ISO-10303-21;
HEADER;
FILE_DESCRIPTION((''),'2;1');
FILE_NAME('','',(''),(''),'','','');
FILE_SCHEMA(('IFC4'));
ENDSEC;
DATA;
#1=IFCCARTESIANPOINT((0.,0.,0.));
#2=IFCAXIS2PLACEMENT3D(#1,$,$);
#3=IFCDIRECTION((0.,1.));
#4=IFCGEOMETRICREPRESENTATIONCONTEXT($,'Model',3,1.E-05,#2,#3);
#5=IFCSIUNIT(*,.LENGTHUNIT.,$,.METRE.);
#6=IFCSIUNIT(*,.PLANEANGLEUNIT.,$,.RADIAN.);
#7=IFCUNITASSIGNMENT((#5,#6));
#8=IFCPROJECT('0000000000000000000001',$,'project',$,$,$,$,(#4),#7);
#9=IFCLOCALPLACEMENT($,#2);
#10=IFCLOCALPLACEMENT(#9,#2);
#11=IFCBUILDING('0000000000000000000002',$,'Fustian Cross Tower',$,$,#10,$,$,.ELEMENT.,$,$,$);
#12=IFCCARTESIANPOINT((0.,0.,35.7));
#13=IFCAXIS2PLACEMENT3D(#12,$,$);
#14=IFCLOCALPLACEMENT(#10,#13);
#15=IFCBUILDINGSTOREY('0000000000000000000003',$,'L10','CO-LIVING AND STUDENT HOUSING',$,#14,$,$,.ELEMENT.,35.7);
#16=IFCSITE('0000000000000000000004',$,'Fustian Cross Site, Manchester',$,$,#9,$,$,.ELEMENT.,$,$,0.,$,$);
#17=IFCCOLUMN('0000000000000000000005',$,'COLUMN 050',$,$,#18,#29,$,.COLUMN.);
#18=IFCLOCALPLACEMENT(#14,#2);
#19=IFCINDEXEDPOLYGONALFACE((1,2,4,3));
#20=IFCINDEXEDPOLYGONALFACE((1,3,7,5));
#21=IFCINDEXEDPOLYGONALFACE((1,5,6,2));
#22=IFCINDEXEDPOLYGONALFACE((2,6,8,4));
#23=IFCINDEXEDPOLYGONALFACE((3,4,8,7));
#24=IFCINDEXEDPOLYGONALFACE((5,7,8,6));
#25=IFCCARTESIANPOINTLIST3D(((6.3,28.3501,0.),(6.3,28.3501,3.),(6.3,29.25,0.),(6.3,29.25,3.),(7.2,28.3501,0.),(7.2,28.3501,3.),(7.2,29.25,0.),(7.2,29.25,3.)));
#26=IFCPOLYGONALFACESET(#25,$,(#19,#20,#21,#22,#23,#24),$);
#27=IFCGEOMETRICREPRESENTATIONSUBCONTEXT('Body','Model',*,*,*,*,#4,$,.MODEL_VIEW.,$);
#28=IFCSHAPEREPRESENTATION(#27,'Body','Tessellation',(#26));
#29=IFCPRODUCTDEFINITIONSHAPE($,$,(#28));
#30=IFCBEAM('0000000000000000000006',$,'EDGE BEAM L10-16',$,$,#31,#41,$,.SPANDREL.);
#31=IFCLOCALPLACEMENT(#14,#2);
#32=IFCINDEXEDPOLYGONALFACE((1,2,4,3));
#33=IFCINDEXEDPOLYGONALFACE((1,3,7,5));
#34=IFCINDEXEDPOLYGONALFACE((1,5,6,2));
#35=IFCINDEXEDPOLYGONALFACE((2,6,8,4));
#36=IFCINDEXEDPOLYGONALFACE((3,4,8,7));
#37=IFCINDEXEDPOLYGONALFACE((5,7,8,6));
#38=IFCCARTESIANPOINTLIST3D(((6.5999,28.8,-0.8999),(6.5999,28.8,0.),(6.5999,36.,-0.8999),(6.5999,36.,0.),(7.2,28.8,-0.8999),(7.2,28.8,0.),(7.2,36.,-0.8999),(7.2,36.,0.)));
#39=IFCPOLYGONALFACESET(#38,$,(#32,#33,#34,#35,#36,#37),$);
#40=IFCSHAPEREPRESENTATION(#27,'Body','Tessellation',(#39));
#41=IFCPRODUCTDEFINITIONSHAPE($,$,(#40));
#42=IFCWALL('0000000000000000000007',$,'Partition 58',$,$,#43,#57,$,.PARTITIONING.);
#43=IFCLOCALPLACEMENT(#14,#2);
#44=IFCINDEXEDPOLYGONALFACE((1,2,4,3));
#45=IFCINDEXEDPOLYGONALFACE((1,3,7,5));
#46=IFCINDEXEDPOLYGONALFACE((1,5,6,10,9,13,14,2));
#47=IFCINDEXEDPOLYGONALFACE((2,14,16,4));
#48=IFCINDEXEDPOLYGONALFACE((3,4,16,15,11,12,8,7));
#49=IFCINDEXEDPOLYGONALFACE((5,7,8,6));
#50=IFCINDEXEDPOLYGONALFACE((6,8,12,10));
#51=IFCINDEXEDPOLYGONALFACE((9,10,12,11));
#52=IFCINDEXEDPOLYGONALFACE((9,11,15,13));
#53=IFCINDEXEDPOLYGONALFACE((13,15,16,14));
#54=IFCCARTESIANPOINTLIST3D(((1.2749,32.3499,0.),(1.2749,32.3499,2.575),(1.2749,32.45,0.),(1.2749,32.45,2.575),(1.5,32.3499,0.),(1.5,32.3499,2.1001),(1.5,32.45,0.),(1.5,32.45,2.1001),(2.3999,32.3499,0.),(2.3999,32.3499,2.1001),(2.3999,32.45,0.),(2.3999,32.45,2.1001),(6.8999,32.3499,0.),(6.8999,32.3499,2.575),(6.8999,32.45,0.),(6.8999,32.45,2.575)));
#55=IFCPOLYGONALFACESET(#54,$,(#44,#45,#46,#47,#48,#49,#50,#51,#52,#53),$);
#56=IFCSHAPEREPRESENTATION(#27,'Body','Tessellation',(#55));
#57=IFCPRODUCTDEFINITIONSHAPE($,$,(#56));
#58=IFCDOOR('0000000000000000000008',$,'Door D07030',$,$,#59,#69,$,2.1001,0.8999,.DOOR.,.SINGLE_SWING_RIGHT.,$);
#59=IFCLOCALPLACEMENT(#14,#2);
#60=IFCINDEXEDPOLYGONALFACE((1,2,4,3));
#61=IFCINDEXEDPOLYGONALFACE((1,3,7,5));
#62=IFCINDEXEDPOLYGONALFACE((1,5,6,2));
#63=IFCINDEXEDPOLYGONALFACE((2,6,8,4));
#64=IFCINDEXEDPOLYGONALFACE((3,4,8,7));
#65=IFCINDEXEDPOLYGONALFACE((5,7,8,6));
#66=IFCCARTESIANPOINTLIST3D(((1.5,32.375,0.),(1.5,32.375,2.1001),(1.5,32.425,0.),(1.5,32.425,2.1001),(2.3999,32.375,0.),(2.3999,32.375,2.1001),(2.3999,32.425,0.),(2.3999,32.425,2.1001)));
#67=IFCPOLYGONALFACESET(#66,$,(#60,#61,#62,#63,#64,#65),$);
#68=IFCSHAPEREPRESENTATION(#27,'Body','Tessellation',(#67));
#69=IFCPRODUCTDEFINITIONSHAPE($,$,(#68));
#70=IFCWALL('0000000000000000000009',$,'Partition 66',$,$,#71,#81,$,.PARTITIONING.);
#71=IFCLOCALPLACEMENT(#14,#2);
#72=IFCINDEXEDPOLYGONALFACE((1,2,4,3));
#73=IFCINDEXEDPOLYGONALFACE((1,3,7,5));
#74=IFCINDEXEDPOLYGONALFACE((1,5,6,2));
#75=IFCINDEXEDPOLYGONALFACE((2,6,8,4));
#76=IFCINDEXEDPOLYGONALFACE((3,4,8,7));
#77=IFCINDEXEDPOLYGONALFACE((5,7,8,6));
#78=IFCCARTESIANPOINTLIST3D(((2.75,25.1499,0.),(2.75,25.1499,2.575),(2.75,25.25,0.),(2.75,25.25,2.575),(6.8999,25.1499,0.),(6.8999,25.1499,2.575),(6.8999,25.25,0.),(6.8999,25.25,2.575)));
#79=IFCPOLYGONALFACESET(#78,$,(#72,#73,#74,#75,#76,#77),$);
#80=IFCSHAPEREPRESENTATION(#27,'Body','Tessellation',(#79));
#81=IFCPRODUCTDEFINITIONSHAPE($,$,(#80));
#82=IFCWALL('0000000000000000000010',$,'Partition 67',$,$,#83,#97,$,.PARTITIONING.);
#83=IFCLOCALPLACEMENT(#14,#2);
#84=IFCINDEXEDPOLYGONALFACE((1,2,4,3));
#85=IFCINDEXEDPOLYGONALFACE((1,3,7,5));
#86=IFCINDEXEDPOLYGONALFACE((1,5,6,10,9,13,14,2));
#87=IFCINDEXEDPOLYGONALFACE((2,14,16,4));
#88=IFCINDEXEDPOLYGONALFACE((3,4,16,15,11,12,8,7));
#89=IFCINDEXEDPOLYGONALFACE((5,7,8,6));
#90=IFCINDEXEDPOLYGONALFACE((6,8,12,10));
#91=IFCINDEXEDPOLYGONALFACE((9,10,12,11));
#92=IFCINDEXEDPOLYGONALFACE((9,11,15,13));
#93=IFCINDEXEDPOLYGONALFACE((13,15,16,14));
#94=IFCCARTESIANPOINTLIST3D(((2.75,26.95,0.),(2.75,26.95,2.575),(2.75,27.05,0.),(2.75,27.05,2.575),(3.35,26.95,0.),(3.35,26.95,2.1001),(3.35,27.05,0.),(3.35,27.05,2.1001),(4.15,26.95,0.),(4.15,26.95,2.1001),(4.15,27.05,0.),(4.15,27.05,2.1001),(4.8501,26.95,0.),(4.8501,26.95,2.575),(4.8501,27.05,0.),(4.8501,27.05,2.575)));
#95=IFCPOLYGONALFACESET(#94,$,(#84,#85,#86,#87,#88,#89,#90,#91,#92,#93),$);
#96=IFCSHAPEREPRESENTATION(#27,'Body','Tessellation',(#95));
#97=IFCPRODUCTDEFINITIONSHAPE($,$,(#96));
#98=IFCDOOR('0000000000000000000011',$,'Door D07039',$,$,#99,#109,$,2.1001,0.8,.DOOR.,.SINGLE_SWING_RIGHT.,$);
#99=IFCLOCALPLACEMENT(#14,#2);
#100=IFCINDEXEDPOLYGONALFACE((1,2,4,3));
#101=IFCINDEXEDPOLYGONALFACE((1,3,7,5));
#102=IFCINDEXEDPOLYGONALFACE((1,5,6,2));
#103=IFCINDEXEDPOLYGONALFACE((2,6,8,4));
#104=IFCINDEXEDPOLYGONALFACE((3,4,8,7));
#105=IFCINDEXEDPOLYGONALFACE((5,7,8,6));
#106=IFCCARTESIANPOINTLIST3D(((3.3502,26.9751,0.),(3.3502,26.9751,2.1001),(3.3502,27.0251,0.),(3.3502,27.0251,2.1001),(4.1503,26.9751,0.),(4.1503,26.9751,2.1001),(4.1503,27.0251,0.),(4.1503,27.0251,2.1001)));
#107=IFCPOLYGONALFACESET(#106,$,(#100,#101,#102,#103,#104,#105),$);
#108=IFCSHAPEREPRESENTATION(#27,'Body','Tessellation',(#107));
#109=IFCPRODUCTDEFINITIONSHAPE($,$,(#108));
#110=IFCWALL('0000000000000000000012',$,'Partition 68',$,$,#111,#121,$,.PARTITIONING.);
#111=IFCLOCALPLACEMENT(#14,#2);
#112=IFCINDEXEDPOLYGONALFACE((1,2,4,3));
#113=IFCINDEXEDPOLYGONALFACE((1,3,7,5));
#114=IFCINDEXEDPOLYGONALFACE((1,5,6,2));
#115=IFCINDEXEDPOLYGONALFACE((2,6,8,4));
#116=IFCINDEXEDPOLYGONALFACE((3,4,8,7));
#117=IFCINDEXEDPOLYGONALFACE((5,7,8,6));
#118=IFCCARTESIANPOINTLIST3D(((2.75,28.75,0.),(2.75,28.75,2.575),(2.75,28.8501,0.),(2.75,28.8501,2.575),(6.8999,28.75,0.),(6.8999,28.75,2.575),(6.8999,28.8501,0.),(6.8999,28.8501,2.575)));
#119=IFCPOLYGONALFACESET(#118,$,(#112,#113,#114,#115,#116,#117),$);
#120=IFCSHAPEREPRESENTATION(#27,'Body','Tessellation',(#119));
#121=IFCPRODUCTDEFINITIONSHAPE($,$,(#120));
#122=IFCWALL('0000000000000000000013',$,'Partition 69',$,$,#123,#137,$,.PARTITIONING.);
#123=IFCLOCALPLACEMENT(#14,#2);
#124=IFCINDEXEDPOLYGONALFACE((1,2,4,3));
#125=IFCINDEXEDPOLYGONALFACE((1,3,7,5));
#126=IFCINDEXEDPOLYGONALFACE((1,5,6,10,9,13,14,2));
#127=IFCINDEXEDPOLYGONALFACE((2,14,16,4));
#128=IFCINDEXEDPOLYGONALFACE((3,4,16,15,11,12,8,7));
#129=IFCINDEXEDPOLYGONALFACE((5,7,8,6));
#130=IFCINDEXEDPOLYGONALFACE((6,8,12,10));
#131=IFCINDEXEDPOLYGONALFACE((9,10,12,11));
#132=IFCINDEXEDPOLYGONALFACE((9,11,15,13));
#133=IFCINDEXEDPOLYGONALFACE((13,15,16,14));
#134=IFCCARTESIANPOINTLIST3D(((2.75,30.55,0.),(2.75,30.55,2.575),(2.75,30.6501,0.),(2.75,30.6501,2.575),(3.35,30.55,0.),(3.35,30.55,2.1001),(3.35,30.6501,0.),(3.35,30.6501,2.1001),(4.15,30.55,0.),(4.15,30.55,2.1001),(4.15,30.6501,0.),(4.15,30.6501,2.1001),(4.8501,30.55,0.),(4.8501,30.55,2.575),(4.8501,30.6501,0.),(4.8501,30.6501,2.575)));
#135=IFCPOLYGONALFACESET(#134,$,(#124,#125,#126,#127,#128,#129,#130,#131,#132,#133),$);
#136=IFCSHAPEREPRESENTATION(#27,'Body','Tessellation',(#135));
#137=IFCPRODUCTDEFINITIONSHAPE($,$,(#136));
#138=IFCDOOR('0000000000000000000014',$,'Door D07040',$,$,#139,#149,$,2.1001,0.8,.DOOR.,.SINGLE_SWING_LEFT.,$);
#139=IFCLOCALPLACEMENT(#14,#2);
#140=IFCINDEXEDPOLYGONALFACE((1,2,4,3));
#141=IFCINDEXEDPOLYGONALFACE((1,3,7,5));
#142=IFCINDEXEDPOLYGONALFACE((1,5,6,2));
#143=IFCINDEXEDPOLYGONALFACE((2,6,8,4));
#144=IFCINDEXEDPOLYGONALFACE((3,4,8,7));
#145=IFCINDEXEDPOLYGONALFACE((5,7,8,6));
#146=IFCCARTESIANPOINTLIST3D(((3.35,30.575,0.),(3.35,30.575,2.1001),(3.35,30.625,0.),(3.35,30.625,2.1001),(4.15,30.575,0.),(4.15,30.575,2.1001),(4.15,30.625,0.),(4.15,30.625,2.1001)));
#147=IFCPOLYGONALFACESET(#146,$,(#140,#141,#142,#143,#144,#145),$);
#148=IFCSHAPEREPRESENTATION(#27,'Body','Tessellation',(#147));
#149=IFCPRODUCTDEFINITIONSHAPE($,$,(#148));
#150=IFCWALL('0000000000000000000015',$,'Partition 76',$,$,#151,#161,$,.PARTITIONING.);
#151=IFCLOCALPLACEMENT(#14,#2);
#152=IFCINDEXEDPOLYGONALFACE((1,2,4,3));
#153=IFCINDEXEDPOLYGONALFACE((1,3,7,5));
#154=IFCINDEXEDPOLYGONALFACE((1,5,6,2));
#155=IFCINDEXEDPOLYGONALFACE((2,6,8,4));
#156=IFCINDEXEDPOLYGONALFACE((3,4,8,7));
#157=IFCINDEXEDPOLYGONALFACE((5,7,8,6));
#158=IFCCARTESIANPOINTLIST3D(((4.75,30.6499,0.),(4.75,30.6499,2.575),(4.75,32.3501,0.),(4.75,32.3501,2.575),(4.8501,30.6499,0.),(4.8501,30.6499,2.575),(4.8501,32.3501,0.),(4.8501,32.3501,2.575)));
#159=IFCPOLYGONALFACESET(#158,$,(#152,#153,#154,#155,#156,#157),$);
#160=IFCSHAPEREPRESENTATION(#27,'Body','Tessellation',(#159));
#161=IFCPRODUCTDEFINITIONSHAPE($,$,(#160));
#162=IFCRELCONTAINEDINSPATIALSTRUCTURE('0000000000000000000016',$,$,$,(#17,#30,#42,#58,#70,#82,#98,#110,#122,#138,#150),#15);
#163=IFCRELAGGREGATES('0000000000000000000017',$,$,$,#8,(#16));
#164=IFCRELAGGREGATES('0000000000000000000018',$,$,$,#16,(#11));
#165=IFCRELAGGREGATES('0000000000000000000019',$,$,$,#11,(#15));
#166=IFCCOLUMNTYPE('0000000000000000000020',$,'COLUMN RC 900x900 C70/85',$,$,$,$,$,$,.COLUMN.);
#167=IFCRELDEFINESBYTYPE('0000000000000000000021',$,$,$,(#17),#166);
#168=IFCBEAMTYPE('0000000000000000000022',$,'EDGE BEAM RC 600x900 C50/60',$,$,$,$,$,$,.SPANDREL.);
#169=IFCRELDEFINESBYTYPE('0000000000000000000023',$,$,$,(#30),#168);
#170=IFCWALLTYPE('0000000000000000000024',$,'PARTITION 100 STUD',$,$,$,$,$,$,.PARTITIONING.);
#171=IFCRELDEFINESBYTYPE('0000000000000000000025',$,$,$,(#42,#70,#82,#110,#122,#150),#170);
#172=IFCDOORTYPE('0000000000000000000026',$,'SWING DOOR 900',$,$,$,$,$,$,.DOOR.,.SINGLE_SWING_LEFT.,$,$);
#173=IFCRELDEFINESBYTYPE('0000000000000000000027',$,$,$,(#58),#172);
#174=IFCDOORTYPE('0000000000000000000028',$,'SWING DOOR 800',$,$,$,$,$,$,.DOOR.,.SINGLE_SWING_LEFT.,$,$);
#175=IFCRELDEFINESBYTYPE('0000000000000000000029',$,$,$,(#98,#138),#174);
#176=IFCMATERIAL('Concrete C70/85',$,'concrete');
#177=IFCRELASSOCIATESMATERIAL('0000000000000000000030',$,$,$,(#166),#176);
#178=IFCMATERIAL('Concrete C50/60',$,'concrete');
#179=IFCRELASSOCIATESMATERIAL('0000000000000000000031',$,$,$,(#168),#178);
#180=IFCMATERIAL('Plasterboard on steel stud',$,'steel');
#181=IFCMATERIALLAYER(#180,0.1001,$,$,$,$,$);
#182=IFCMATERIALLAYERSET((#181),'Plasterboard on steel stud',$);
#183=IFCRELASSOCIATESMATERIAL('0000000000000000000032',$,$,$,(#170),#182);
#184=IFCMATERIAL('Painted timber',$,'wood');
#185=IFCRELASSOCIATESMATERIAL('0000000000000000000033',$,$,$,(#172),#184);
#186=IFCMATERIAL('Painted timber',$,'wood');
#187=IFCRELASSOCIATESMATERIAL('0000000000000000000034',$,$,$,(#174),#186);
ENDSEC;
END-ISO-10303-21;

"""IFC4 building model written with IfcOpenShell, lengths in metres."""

from ifc_helpers import new_model, si_unit, direction, frame, frame_2d, origin, origin_2d, place, context, subcontext, project, spatial, rectangle, extrude, material, layer, layer_set, material_profile, profile_set, type_object, element, fill, save


model = new_model("IFC4")

# Units and contexts
model_context = context("Model", 3, precision=1e-05, world=origin(), true_north=direction((0.0, 1.0)))
body_context = subcontext(model_context, "Body", "Model", "MODEL_VIEW")
ifc_project = project(units=[si_unit("LENGTHUNIT", "METRE"), si_unit("PLANEANGLEUNIT", "RADIAN")], contexts=[model_context])

# Site, building, storey
site_placement = place(None, origin())
site = spatial("IfcSite", under=ifc_project, at=site_placement, Name="Fustian Cross Site, Manchester", CompositionType="ELEMENT", RefElevation=0.0)
building_placement = place(site_placement, origin())
building = spatial("IfcBuilding", under=site, at=building_placement, Name="Fustian Cross Tower", CompositionType="ELEMENT")
storey_placement = place(building_placement, frame((0.0, 0.0, 35.7)))
storey = spatial("IfcBuildingStorey", under=building, at=storey_placement, Name="L10", Description="CO-LIVING AND STUDENT HOUSING", CompositionType="ELEMENT", Elevation=35.7)

# Column
ifc_material_1 = material(Name="Concrete C70/85", Category="concrete")
ifc_material_profile_1 = material_profile(ifc_material_1, rectangle(XDim=0.8999, YDim=0.8999, at=origin_2d()), Name="RC 900x900")
ifc_profile_set_1 = profile_set([ifc_material_profile_1], Name="Concrete C70/85")
column_type = type_object("IfcColumnType", Name="COLUMN RC 900x900 C70/85", PredefinedType="COLUMN", material=ifc_profile_set_1)
column_placement = place(storey_placement, frame((6.75, 28.8, 0.0), z_axis=(0.0, 0.0, 1.0), x_axis=(1.0, 0.0, 0.0)))
element("IfcColumn", 1, at=column_placement, inside=storey, type_object=column_type, Name="COLUMN 050", PredefinedType="COLUMN", context=body_context, shape_type="SweptSolid", body=[
    extrude(rectangle(XDim=0.8999, YDim=0.8999, at=origin_2d()), origin(), (0.0, 0.0, 1.0), 3.0),
])

# Beam
ifc_material_2 = material(Name="Concrete C50/60", Category="concrete")
ifc_material_profile_2 = material_profile(ifc_material_2, rectangle(XDim=0.6001, YDim=0.8999, at=origin_2d()), Name="RC 600x900")
ifc_profile_set_2 = profile_set([ifc_material_profile_2], Name="Concrete C50/60")
beam_type = type_object("IfcBeamType", Name="EDGE BEAM RC 600x900 C50/60", PredefinedType="SPANDREL", material=ifc_profile_set_2)
beam_placement = place(storey_placement, frame((6.8999, 28.8, -0.45), z_axis=(0.0, 1.0, 0.0), x_axis=(-1.0, 0.0, 0.0)))
element("IfcBeam", 2, at=beam_placement, inside=storey, type_object=beam_type, Name="EDGE BEAM L10-16", PredefinedType="SPANDREL", context=body_context, shape_type="SweptSolid", body=[
    extrude(rectangle(XDim=0.6001, YDim=0.8999, at=origin_2d()), origin(), (0.0, 0.0, 1.0), 7.2),
])

# Wall, opening, door
ifc_material_3 = material(Name="Plasterboard on steel stud", Category="steel")
ifc_layer_1 = layer(ifc_material_3, 0.1001)
ifc_layer_set_1 = layer_set([ifc_layer_1], Name="Plasterboard on steel stud")
wall_type_1 = type_object("IfcWallType", Name="PARTITION 100 STUD", PredefinedType="PARTITIONING", material=ifc_layer_set_1)
wall_1_placement = place(storey_placement, frame((1.2749, 32.3999, 0.0), z_axis=(0.0, 0.0, 1.0), x_axis=(1.0, 0.0, 0.0)))
wall_1 = element("IfcWall", 3, at=wall_1_placement, inside=storey, type_object=wall_type_1, Name="Partition 58", PredefinedType="PARTITIONING", context=body_context, shape_type="SweptSolid", body=[
    extrude(rectangle(XDim=5.625, YDim=0.1001, at=frame_2d((2.8125, 0.0))), origin(), (0.0, 0.0, 1.0), 2.575),
])
opening_1_placement = place(wall_1_placement, frame((0.2251, 0.0, 0.0)))
opening_1 = element("IfcOpeningElement", 4, at=opening_1_placement, cuts=wall_1, PredefinedType="OPENING", context=body_context, shape_type="SweptSolid", body=[
    extrude(rectangle(XDim=0.8999, YDim=2.1001, at=frame_2d((0.45, 1.05))), frame((0.0, 0.0601, 0.0), z_axis=(0.0, -1.0, 0.0), x_axis=(1.0, 0.0, 0.0)), (0.0, 0.0, 1.0), 0.1201),
])
ifc_material_4 = material(Name="Painted timber", Category="wood")
door_type_1 = type_object("IfcDoorType", Name="SWING DOOR 900", OperationType="SINGLE_SWING_LEFT", PredefinedType="DOOR", material=ifc_material_4)
door_1_placement = place(opening_1_placement, frame((0.8999, 0.0, 0.0), z_axis=(0.0, 0.0, 1.0), x_axis=(-1.0, 0.0, 0.0)))
door_1 = element("IfcDoor", 5, at=door_1_placement, inside=storey, type_object=door_type_1, Name="Door D07030", OperationType="SINGLE_SWING_RIGHT", OverallHeight=2.1001, OverallWidth=0.8999, PredefinedType="DOOR", context=body_context, shape_type="SweptSolid", body=[
    extrude(rectangle(XDim=0.8999, YDim=2.1001, at=frame_2d((0.45, 1.05))), frame((0.0, 0.0249, 0.0), z_axis=(0.0, -1.0, 0.0), x_axis=(1.0, 0.0, 0.0)), (0.0, 0.0, 1.0), 0.05),
])
fill(opening_1, door_1)

# Wall
wall_2_placement = place(storey_placement, frame((2.75, 25.2, 0.0), z_axis=(0.0, 0.0, 1.0), x_axis=(1.0, 0.0, 0.0)))
element("IfcWall", 6, at=wall_2_placement, inside=storey, type_object=wall_type_1, Name="Partition 66", PredefinedType="PARTITIONING", context=body_context, shape_type="SweptSolid", body=[
    extrude(rectangle(XDim=4.1499, YDim=0.1001, at=frame_2d((2.075, 0.0))), origin(), (0.0, 0.0, 1.0), 2.575),
])

# Wall, opening, door
wall_3_placement = place(storey_placement, frame((2.75, 27.0, 0.0), z_axis=(0.0, 0.0, 1.0), x_axis=(1.0, 0.0, 0.0)))
wall_3 = element("IfcWall", 7, at=wall_3_placement, inside=storey, type_object=wall_type_1, Name="Partition 67", PredefinedType="PARTITIONING", context=body_context, shape_type="SweptSolid", body=[
    extrude(rectangle(XDim=2.1001, YDim=0.1001, at=frame_2d((1.05, 0.0))), origin(), (0.0, 0.0, 1.0), 2.575),
])
opening_2_placement = place(wall_3_placement, frame((0.6001, 0.0, 0.0)))
opening_2 = element("IfcOpeningElement", 8, at=opening_2_placement, cuts=wall_3, PredefinedType="OPENING", context=body_context, shape_type="SweptSolid", body=[
    extrude(rectangle(XDim=0.8, YDim=2.1001, at=frame_2d((0.3999, 1.05))), frame((0.0, 0.0601, 0.0), z_axis=(0.0, -1.0, 0.0), x_axis=(1.0, 0.0, 0.0)), (0.0, 0.0, 1.0), 0.1201),
])
ifc_material_5 = material(Name="Painted timber", Category="wood")
door_type_2 = type_object("IfcDoorType", Name="SWING DOOR 800", OperationType="SINGLE_SWING_LEFT", PredefinedType="DOOR", material=ifc_material_5)
door_2_placement = place(opening_2_placement, frame((0.8, 0.0, 0.0), z_axis=(0.0, 0.0, 1.0), x_axis=(-1.0, 0.0, 0.0)))
door_2 = element("IfcDoor", 9, at=door_2_placement, inside=storey, type_object=door_type_2, Name="Door D07039", OperationType="SINGLE_SWING_RIGHT", OverallHeight=2.1001, OverallWidth=0.8, PredefinedType="DOOR", context=body_context, shape_type="SweptSolid", body=[
    extrude(rectangle(XDim=0.8, YDim=2.1001, at=frame_2d((0.3999, 1.05))), frame((0.0, 0.0249, 0.0), z_axis=(0.0, -1.0, 0.0), x_axis=(1.0, 0.0, 0.0)), (0.0, 0.0, 1.0), 0.05),
])
fill(opening_2, door_2)

# Wall
wall_4_placement = place(storey_placement, frame((2.75, 28.8, 0.0), z_axis=(0.0, 0.0, 1.0), x_axis=(1.0, 0.0, 0.0)))
element("IfcWall", 10, at=wall_4_placement, inside=storey, type_object=wall_type_1, Name="Partition 68", PredefinedType="PARTITIONING", context=body_context, shape_type="SweptSolid", body=[
    extrude(rectangle(XDim=4.1499, YDim=0.1001, at=frame_2d((2.075, 0.0))), origin(), (0.0, 0.0, 1.0), 2.575),
])

# Wall, opening, door
wall_5_placement = place(storey_placement, frame((2.75, 30.6001, 0.0), z_axis=(0.0, 0.0, 1.0), x_axis=(1.0, 0.0, 0.0)))
wall_5 = element("IfcWall", 11, at=wall_5_placement, inside=storey, type_object=wall_type_1, Name="Partition 69", PredefinedType="PARTITIONING", context=body_context, shape_type="SweptSolid", body=[
    extrude(rectangle(XDim=2.1001, YDim=0.1001, at=frame_2d((1.05, 0.0))), origin(), (0.0, 0.0, 1.0), 2.575),
])
opening_3_placement = place(wall_5_placement, frame((0.6001, 0.0, 0.0)))
opening_3 = element("IfcOpeningElement", 12, at=opening_3_placement, cuts=wall_5, PredefinedType="OPENING", context=body_context, shape_type="SweptSolid", body=[
    extrude(rectangle(XDim=0.8, YDim=2.1001, at=frame_2d((0.3999, 1.05))), frame((0.0, 0.0601, 0.0), z_axis=(0.0, -1.0, 0.0), x_axis=(1.0, 0.0, 0.0)), (0.0, 0.0, 1.0), 0.1201),
])
door_3_placement = place(opening_3_placement, origin())
door_3 = element("IfcDoor", 13, at=door_3_placement, inside=storey, type_object=door_type_2, Name="Door D07040", OperationType="SINGLE_SWING_LEFT", OverallHeight=2.1001, OverallWidth=0.8, PredefinedType="DOOR", context=body_context, shape_type="SweptSolid", body=[
    extrude(rectangle(XDim=0.8, YDim=2.1001, at=frame_2d((0.3999, 1.05))), frame((0.0, 0.0249, 0.0), z_axis=(0.0, -1.0, 0.0), x_axis=(1.0, 0.0, 0.0)), (0.0, 0.0, 1.0), 0.05),
])
fill(opening_3, door_3)

# Wall
wall_6_placement = place(storey_placement, frame((4.8, 30.6499, 0.0), z_axis=(0.0, 0.0, 1.0), x_axis=(0.0, 1.0, 0.0)))
element("IfcWall", 14, at=wall_6_placement, inside=storey, type_object=wall_type_1, Name="Partition 76", PredefinedType="PARTITIONING", context=body_context, shape_type="SweptSolid", body=[
    extrude(rectangle(XDim=1.7002, YDim=0.1001, at=frame_2d((0.8501, 0.0))), origin(), (0.0, 0.0, 1.0), 2.575),
])

save(model, "model.ifc")
